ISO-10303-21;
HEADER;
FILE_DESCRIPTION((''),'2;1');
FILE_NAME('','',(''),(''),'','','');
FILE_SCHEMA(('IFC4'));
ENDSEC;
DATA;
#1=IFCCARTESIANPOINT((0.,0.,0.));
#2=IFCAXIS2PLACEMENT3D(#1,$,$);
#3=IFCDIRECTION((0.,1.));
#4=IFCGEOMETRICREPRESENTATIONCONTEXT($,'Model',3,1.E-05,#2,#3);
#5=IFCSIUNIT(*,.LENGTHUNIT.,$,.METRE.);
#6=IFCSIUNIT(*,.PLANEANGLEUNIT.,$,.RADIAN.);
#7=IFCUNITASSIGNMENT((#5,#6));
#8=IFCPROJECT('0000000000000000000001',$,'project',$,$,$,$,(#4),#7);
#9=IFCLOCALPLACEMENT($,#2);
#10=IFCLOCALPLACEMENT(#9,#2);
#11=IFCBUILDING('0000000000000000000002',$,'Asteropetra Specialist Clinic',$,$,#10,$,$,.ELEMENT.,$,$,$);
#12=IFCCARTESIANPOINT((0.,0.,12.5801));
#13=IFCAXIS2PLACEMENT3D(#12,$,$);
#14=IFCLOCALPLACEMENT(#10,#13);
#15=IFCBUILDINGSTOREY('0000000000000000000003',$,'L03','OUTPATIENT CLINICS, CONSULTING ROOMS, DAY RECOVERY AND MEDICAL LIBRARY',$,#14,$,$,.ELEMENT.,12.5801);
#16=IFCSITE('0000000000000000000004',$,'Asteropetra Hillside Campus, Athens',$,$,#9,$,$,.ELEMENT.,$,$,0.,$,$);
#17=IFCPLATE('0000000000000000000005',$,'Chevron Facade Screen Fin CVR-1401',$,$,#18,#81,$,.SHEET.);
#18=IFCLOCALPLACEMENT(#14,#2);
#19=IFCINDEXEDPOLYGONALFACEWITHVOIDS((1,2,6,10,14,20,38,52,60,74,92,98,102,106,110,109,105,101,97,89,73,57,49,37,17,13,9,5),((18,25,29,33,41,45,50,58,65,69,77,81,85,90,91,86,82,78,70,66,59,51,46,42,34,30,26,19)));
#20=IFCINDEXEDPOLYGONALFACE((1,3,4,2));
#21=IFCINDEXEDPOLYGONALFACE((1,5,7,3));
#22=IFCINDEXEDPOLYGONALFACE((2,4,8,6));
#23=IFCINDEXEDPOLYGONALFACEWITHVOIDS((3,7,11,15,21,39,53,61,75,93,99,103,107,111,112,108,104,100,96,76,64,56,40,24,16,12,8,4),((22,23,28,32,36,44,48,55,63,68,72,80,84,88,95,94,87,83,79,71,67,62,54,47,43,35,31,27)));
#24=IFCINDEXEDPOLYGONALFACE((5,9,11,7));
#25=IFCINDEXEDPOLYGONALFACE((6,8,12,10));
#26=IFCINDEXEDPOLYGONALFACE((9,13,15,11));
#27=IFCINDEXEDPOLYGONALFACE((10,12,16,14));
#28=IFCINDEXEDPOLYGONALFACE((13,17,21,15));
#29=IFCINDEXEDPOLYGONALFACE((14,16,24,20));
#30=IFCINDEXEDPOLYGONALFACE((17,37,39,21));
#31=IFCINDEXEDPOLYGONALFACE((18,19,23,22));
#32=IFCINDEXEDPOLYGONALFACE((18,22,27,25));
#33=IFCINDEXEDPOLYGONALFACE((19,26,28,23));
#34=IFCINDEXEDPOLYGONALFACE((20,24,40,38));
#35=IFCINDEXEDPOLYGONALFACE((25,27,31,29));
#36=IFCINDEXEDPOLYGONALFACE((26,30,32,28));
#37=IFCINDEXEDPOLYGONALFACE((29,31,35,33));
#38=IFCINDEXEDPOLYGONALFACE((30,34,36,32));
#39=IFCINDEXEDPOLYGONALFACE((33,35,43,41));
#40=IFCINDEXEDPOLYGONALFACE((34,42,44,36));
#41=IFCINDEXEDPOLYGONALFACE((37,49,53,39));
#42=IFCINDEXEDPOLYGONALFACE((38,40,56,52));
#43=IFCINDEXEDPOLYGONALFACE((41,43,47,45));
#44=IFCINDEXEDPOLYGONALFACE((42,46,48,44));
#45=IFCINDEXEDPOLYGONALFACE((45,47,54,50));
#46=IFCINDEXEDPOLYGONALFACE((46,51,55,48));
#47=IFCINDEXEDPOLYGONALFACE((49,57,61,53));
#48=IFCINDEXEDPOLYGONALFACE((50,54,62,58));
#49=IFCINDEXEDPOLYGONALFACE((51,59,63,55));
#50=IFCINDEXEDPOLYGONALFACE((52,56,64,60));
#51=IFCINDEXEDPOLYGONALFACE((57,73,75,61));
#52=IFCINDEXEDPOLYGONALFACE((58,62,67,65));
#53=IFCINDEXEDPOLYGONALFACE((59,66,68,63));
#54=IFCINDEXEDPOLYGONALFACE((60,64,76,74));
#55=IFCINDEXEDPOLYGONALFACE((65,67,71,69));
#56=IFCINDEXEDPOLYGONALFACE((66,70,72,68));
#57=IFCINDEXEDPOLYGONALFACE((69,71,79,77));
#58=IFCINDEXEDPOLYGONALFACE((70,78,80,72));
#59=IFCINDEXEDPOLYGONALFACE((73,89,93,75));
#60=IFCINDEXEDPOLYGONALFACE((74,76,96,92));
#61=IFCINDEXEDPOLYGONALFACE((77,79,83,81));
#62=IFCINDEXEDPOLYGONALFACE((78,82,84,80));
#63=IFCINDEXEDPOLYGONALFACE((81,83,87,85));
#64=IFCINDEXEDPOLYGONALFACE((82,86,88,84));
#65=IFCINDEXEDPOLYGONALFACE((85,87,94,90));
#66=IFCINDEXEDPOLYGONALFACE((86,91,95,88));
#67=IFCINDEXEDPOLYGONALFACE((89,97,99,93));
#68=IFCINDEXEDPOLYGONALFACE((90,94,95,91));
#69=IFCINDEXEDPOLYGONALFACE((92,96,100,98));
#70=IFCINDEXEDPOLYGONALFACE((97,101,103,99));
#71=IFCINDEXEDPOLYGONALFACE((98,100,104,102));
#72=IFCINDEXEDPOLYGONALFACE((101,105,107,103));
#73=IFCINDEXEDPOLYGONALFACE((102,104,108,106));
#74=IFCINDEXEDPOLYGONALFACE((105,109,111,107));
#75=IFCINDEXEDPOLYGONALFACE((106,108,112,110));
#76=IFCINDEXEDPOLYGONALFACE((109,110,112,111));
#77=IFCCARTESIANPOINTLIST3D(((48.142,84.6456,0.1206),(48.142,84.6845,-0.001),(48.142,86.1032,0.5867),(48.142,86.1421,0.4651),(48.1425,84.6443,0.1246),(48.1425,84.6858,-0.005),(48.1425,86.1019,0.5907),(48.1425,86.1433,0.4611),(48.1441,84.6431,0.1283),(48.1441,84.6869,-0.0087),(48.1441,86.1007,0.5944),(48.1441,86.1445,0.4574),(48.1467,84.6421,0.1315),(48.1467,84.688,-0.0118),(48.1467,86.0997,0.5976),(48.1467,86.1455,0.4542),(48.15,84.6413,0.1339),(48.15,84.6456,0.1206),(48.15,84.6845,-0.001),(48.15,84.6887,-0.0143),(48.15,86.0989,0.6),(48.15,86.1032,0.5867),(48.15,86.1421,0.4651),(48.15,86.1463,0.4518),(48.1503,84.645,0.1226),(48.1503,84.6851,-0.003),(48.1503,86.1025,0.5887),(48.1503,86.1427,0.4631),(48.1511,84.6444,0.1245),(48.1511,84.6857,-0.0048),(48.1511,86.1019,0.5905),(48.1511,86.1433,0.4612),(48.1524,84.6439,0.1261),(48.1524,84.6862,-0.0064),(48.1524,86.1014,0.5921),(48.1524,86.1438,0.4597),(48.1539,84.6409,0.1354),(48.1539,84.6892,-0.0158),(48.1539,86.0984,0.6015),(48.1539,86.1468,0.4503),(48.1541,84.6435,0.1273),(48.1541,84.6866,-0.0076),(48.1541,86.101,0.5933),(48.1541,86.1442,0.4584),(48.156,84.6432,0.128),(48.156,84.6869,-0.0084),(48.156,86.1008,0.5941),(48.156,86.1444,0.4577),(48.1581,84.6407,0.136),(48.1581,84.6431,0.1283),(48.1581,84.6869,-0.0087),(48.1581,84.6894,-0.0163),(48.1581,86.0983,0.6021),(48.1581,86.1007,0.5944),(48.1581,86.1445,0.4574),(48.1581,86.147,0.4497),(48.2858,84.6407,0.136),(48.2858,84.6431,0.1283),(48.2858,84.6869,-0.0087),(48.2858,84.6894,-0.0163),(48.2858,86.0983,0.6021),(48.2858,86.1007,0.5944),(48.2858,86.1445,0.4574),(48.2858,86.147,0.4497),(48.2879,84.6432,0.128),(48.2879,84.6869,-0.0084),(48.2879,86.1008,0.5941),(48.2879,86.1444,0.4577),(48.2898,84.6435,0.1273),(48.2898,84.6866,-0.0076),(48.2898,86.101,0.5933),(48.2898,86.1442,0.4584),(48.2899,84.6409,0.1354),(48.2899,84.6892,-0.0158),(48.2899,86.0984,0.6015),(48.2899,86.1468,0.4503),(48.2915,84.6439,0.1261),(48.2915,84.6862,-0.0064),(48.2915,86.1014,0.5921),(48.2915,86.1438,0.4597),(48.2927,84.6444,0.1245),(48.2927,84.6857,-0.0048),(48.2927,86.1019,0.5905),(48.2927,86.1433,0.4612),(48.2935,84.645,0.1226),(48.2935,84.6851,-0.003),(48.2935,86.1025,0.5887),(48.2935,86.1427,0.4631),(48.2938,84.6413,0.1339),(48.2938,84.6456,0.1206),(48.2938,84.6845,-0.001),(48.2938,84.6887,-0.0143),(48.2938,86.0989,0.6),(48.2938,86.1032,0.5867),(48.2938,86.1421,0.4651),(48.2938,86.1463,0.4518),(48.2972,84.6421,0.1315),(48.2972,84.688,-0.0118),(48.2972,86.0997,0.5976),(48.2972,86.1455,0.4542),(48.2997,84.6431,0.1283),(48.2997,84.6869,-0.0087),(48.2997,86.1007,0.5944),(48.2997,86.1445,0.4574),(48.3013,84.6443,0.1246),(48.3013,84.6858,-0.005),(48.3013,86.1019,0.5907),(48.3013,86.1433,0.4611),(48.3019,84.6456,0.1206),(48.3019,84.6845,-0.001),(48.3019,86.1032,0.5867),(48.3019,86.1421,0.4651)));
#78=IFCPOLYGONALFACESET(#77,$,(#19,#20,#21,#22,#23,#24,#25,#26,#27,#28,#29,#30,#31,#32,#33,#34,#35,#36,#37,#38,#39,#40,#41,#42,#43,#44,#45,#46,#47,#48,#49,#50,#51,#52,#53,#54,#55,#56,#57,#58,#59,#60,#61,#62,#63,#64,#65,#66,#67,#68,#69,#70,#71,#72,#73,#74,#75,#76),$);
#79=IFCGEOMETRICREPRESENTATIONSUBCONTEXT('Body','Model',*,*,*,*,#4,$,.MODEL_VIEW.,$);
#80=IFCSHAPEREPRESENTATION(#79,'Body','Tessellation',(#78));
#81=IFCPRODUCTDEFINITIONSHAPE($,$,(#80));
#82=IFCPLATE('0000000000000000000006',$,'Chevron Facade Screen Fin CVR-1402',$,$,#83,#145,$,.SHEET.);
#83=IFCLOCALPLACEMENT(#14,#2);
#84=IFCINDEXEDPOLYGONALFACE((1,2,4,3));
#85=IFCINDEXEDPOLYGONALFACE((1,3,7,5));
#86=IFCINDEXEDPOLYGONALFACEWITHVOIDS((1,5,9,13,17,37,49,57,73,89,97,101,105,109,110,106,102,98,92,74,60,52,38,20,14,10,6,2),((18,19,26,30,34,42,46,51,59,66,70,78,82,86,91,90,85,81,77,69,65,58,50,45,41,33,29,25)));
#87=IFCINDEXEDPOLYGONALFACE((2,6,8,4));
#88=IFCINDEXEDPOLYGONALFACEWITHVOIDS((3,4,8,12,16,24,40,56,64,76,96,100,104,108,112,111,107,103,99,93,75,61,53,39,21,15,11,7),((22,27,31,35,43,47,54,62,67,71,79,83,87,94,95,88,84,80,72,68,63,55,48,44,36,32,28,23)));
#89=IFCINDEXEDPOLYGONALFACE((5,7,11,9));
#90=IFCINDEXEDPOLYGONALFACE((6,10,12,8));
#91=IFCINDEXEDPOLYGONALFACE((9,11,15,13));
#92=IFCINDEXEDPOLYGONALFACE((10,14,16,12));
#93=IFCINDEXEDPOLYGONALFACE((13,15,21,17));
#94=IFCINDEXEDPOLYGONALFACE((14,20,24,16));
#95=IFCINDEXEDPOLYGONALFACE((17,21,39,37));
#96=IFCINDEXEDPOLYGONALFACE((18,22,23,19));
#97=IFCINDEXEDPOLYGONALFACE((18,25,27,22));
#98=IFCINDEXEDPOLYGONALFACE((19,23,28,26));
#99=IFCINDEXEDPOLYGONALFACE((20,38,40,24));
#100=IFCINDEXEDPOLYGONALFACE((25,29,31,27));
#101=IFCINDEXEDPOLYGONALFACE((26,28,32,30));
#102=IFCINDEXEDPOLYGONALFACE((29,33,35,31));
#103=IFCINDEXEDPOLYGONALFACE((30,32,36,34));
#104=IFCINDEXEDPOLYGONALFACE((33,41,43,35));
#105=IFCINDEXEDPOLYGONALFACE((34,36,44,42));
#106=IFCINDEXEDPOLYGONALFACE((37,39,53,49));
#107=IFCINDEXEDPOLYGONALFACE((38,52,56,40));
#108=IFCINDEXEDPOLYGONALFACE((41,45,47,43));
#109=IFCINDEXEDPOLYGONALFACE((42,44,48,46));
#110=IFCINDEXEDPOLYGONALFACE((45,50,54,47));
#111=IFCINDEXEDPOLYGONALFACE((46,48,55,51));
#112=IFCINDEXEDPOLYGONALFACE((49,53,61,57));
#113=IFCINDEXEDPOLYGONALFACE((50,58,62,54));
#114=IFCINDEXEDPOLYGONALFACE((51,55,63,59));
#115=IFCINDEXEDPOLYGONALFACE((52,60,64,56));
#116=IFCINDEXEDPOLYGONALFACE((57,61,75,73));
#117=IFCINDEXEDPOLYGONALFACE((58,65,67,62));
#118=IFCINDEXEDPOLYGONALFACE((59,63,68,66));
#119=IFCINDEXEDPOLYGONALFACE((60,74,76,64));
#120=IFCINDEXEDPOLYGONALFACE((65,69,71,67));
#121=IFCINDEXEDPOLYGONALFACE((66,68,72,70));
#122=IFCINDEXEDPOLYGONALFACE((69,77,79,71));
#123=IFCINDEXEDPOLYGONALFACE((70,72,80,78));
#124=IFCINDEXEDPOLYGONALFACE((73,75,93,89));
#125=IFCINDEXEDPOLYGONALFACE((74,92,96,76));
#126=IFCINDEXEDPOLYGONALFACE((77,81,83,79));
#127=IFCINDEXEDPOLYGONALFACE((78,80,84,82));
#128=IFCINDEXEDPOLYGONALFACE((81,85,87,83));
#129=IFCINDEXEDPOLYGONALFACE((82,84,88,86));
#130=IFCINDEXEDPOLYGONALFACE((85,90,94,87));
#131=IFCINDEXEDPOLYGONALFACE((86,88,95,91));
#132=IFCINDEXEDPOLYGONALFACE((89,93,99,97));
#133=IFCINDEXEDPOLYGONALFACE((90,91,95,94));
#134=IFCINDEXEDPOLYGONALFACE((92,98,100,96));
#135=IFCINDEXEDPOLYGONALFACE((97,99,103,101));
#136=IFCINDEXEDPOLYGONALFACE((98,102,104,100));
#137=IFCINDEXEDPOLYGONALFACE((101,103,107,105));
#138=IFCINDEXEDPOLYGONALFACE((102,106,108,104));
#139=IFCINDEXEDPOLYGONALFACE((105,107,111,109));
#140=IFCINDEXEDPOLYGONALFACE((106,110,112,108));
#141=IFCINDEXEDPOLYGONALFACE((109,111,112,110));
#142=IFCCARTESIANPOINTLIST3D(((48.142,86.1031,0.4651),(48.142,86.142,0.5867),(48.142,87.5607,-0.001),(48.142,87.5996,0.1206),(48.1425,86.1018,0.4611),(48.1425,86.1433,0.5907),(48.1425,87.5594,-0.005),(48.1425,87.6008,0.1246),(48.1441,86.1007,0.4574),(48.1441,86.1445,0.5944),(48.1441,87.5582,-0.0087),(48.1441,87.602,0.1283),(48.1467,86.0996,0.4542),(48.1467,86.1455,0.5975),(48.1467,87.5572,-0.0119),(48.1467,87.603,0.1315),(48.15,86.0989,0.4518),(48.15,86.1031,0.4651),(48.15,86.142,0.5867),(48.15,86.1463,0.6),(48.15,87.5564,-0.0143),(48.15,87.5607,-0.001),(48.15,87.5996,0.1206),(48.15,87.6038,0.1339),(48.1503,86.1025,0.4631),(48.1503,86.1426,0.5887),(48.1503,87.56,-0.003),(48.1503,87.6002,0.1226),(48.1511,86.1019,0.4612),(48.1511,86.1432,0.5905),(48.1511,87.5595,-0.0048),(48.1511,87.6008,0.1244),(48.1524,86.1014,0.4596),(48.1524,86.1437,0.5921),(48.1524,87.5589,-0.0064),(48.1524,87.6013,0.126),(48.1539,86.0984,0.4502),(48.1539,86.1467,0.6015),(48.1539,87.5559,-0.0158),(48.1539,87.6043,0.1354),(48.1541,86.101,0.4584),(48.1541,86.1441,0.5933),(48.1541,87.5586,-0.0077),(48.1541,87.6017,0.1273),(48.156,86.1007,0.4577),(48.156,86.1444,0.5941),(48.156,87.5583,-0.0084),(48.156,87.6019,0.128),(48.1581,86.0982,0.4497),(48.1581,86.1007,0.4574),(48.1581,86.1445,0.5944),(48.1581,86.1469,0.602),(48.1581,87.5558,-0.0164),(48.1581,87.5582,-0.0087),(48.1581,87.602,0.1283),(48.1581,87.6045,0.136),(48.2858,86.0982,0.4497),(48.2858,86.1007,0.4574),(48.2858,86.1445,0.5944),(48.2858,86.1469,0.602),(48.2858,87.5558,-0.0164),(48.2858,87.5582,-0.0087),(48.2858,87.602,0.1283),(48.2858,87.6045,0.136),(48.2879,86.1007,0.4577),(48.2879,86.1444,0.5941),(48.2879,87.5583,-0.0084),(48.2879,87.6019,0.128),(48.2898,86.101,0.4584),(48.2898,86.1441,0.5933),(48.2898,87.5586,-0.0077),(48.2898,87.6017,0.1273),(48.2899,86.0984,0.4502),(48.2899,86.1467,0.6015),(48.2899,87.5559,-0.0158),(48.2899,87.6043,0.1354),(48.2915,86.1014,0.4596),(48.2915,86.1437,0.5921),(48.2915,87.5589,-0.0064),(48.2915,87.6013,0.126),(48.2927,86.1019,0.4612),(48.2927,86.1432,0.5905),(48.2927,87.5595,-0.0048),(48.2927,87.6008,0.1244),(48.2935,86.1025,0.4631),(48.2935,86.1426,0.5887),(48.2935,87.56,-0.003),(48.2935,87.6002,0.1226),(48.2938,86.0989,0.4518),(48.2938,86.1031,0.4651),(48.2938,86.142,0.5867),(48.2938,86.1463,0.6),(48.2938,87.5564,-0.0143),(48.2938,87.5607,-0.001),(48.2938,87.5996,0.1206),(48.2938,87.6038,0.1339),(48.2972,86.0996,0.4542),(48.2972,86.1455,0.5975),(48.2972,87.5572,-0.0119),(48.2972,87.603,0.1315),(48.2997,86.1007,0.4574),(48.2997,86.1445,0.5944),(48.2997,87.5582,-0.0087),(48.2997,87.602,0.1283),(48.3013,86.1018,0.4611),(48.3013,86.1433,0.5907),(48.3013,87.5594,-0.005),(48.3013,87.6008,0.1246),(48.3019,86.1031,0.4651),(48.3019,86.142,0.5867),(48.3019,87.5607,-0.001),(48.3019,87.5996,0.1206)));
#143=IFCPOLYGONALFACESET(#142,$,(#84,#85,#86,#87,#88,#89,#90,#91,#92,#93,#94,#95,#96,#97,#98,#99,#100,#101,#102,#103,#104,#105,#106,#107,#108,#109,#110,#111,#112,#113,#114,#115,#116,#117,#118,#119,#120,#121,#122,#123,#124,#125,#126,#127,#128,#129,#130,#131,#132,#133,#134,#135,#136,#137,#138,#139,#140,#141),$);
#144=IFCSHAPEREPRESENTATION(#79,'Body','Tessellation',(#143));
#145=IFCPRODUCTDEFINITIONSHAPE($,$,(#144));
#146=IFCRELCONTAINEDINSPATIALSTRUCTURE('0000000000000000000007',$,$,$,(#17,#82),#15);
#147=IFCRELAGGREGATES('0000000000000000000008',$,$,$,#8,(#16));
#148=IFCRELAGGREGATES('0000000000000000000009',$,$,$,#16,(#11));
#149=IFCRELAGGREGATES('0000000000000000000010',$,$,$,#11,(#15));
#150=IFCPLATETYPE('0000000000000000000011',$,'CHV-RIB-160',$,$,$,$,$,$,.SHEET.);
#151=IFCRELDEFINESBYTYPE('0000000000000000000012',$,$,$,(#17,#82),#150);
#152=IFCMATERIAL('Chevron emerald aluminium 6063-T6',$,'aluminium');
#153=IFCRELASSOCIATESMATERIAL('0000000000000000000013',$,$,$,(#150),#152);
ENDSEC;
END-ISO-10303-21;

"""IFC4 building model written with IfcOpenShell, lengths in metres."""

from ifc_helpers import new_model, si_unit, direction, frame, origin, origin_2d, place, context, subcontext, project, spatial, hollow_rectangle, extrude, material, material_profile, profile_set, type_object, element, save


model = new_model("IFC4")

# Units and contexts
model_context = context("Model", 3, precision=1e-05, world=origin(), true_north=direction((0.0, 1.0)))
body_context = subcontext(model_context, "Body", "Model", "MODEL_VIEW")
ifc_project = project(units=[si_unit("LENGTHUNIT", "METRE"), si_unit("PLANEANGLEUNIT", "RADIAN")], contexts=[model_context])

# Site, building, storey
site_placement = place(None, origin())
site = spatial("IfcSite", under=ifc_project, at=site_placement, Name="Asteropetra Hillside Campus, Athens", CompositionType="ELEMENT", RefElevation=0.0)
building_placement = place(site_placement, origin())
building = spatial("IfcBuilding", under=site, at=building_placement, Name="Asteropetra Specialist Clinic", CompositionType="ELEMENT")
storey_placement = place(building_placement, frame((0.0, 0.0, 12.5801)))
storey = spatial("IfcBuildingStorey", under=building, at=storey_placement, Name="L03", Description="OUTPATIENT CLINICS, CONSULTING ROOMS, DAY RECOVERY AND MEDICAL LIBRARY", CompositionType="ELEMENT", Elevation=12.5801)

# Plates
ifc_material_1 = material(Name="Chevron emerald aluminium 6063-T6", Category="aluminium")
ifc_material_profile_1 = material_profile(ifc_material_1, hollow_rectangle(XDim=0.1599, YDim=0.1599, WallThickness=0.0081, InnerFilletRadius=0.0081, OuterFilletRadius=0.0161, at=origin_2d()), Name="SHS 160x160x8.0")
ifc_profile_set_1 = profile_set([ifc_material_profile_1], Name="Chevron emerald aluminium 6063-T6")
plate_type_1 = type_object("IfcPlateType", Name="CHV-RIB-160", PredefinedType="SHEET", material=ifc_profile_set_1)
for number, where, z_axis, x_axis, name in (
    (1, (48.2219, 84.665, 0.0598), (0.0, 0.952489, 0.304573), (-1.0, 0.0, 0.0), "Chevron Facade Screen Fin CVR-1401"),
    (2, (48.2219, 86.1226, 0.5259), (0.0, 0.952489, -0.304573), (-1.0, 0.0, 0.0), "Chevron Facade Screen Fin CVR-1402"),
):
    element("IfcPlate", number, at=place(storey_placement, frame(where, z_axis=z_axis, x_axis=x_axis)), inside=storey, type_object=plate_type_1, Name=name, PredefinedType="SHEET", context=body_context, shape_type="SweptSolid", body=[
        extrude(hollow_rectangle(XDim=0.1599, YDim=0.1599, WallThickness=0.0081, InnerFilletRadius=0.0081, OuterFilletRadius=0.0161, at=origin_2d()), origin(), (0.0, 0.0, 1.0), 1.5303),
    ])

save(model, "model.ifc")
